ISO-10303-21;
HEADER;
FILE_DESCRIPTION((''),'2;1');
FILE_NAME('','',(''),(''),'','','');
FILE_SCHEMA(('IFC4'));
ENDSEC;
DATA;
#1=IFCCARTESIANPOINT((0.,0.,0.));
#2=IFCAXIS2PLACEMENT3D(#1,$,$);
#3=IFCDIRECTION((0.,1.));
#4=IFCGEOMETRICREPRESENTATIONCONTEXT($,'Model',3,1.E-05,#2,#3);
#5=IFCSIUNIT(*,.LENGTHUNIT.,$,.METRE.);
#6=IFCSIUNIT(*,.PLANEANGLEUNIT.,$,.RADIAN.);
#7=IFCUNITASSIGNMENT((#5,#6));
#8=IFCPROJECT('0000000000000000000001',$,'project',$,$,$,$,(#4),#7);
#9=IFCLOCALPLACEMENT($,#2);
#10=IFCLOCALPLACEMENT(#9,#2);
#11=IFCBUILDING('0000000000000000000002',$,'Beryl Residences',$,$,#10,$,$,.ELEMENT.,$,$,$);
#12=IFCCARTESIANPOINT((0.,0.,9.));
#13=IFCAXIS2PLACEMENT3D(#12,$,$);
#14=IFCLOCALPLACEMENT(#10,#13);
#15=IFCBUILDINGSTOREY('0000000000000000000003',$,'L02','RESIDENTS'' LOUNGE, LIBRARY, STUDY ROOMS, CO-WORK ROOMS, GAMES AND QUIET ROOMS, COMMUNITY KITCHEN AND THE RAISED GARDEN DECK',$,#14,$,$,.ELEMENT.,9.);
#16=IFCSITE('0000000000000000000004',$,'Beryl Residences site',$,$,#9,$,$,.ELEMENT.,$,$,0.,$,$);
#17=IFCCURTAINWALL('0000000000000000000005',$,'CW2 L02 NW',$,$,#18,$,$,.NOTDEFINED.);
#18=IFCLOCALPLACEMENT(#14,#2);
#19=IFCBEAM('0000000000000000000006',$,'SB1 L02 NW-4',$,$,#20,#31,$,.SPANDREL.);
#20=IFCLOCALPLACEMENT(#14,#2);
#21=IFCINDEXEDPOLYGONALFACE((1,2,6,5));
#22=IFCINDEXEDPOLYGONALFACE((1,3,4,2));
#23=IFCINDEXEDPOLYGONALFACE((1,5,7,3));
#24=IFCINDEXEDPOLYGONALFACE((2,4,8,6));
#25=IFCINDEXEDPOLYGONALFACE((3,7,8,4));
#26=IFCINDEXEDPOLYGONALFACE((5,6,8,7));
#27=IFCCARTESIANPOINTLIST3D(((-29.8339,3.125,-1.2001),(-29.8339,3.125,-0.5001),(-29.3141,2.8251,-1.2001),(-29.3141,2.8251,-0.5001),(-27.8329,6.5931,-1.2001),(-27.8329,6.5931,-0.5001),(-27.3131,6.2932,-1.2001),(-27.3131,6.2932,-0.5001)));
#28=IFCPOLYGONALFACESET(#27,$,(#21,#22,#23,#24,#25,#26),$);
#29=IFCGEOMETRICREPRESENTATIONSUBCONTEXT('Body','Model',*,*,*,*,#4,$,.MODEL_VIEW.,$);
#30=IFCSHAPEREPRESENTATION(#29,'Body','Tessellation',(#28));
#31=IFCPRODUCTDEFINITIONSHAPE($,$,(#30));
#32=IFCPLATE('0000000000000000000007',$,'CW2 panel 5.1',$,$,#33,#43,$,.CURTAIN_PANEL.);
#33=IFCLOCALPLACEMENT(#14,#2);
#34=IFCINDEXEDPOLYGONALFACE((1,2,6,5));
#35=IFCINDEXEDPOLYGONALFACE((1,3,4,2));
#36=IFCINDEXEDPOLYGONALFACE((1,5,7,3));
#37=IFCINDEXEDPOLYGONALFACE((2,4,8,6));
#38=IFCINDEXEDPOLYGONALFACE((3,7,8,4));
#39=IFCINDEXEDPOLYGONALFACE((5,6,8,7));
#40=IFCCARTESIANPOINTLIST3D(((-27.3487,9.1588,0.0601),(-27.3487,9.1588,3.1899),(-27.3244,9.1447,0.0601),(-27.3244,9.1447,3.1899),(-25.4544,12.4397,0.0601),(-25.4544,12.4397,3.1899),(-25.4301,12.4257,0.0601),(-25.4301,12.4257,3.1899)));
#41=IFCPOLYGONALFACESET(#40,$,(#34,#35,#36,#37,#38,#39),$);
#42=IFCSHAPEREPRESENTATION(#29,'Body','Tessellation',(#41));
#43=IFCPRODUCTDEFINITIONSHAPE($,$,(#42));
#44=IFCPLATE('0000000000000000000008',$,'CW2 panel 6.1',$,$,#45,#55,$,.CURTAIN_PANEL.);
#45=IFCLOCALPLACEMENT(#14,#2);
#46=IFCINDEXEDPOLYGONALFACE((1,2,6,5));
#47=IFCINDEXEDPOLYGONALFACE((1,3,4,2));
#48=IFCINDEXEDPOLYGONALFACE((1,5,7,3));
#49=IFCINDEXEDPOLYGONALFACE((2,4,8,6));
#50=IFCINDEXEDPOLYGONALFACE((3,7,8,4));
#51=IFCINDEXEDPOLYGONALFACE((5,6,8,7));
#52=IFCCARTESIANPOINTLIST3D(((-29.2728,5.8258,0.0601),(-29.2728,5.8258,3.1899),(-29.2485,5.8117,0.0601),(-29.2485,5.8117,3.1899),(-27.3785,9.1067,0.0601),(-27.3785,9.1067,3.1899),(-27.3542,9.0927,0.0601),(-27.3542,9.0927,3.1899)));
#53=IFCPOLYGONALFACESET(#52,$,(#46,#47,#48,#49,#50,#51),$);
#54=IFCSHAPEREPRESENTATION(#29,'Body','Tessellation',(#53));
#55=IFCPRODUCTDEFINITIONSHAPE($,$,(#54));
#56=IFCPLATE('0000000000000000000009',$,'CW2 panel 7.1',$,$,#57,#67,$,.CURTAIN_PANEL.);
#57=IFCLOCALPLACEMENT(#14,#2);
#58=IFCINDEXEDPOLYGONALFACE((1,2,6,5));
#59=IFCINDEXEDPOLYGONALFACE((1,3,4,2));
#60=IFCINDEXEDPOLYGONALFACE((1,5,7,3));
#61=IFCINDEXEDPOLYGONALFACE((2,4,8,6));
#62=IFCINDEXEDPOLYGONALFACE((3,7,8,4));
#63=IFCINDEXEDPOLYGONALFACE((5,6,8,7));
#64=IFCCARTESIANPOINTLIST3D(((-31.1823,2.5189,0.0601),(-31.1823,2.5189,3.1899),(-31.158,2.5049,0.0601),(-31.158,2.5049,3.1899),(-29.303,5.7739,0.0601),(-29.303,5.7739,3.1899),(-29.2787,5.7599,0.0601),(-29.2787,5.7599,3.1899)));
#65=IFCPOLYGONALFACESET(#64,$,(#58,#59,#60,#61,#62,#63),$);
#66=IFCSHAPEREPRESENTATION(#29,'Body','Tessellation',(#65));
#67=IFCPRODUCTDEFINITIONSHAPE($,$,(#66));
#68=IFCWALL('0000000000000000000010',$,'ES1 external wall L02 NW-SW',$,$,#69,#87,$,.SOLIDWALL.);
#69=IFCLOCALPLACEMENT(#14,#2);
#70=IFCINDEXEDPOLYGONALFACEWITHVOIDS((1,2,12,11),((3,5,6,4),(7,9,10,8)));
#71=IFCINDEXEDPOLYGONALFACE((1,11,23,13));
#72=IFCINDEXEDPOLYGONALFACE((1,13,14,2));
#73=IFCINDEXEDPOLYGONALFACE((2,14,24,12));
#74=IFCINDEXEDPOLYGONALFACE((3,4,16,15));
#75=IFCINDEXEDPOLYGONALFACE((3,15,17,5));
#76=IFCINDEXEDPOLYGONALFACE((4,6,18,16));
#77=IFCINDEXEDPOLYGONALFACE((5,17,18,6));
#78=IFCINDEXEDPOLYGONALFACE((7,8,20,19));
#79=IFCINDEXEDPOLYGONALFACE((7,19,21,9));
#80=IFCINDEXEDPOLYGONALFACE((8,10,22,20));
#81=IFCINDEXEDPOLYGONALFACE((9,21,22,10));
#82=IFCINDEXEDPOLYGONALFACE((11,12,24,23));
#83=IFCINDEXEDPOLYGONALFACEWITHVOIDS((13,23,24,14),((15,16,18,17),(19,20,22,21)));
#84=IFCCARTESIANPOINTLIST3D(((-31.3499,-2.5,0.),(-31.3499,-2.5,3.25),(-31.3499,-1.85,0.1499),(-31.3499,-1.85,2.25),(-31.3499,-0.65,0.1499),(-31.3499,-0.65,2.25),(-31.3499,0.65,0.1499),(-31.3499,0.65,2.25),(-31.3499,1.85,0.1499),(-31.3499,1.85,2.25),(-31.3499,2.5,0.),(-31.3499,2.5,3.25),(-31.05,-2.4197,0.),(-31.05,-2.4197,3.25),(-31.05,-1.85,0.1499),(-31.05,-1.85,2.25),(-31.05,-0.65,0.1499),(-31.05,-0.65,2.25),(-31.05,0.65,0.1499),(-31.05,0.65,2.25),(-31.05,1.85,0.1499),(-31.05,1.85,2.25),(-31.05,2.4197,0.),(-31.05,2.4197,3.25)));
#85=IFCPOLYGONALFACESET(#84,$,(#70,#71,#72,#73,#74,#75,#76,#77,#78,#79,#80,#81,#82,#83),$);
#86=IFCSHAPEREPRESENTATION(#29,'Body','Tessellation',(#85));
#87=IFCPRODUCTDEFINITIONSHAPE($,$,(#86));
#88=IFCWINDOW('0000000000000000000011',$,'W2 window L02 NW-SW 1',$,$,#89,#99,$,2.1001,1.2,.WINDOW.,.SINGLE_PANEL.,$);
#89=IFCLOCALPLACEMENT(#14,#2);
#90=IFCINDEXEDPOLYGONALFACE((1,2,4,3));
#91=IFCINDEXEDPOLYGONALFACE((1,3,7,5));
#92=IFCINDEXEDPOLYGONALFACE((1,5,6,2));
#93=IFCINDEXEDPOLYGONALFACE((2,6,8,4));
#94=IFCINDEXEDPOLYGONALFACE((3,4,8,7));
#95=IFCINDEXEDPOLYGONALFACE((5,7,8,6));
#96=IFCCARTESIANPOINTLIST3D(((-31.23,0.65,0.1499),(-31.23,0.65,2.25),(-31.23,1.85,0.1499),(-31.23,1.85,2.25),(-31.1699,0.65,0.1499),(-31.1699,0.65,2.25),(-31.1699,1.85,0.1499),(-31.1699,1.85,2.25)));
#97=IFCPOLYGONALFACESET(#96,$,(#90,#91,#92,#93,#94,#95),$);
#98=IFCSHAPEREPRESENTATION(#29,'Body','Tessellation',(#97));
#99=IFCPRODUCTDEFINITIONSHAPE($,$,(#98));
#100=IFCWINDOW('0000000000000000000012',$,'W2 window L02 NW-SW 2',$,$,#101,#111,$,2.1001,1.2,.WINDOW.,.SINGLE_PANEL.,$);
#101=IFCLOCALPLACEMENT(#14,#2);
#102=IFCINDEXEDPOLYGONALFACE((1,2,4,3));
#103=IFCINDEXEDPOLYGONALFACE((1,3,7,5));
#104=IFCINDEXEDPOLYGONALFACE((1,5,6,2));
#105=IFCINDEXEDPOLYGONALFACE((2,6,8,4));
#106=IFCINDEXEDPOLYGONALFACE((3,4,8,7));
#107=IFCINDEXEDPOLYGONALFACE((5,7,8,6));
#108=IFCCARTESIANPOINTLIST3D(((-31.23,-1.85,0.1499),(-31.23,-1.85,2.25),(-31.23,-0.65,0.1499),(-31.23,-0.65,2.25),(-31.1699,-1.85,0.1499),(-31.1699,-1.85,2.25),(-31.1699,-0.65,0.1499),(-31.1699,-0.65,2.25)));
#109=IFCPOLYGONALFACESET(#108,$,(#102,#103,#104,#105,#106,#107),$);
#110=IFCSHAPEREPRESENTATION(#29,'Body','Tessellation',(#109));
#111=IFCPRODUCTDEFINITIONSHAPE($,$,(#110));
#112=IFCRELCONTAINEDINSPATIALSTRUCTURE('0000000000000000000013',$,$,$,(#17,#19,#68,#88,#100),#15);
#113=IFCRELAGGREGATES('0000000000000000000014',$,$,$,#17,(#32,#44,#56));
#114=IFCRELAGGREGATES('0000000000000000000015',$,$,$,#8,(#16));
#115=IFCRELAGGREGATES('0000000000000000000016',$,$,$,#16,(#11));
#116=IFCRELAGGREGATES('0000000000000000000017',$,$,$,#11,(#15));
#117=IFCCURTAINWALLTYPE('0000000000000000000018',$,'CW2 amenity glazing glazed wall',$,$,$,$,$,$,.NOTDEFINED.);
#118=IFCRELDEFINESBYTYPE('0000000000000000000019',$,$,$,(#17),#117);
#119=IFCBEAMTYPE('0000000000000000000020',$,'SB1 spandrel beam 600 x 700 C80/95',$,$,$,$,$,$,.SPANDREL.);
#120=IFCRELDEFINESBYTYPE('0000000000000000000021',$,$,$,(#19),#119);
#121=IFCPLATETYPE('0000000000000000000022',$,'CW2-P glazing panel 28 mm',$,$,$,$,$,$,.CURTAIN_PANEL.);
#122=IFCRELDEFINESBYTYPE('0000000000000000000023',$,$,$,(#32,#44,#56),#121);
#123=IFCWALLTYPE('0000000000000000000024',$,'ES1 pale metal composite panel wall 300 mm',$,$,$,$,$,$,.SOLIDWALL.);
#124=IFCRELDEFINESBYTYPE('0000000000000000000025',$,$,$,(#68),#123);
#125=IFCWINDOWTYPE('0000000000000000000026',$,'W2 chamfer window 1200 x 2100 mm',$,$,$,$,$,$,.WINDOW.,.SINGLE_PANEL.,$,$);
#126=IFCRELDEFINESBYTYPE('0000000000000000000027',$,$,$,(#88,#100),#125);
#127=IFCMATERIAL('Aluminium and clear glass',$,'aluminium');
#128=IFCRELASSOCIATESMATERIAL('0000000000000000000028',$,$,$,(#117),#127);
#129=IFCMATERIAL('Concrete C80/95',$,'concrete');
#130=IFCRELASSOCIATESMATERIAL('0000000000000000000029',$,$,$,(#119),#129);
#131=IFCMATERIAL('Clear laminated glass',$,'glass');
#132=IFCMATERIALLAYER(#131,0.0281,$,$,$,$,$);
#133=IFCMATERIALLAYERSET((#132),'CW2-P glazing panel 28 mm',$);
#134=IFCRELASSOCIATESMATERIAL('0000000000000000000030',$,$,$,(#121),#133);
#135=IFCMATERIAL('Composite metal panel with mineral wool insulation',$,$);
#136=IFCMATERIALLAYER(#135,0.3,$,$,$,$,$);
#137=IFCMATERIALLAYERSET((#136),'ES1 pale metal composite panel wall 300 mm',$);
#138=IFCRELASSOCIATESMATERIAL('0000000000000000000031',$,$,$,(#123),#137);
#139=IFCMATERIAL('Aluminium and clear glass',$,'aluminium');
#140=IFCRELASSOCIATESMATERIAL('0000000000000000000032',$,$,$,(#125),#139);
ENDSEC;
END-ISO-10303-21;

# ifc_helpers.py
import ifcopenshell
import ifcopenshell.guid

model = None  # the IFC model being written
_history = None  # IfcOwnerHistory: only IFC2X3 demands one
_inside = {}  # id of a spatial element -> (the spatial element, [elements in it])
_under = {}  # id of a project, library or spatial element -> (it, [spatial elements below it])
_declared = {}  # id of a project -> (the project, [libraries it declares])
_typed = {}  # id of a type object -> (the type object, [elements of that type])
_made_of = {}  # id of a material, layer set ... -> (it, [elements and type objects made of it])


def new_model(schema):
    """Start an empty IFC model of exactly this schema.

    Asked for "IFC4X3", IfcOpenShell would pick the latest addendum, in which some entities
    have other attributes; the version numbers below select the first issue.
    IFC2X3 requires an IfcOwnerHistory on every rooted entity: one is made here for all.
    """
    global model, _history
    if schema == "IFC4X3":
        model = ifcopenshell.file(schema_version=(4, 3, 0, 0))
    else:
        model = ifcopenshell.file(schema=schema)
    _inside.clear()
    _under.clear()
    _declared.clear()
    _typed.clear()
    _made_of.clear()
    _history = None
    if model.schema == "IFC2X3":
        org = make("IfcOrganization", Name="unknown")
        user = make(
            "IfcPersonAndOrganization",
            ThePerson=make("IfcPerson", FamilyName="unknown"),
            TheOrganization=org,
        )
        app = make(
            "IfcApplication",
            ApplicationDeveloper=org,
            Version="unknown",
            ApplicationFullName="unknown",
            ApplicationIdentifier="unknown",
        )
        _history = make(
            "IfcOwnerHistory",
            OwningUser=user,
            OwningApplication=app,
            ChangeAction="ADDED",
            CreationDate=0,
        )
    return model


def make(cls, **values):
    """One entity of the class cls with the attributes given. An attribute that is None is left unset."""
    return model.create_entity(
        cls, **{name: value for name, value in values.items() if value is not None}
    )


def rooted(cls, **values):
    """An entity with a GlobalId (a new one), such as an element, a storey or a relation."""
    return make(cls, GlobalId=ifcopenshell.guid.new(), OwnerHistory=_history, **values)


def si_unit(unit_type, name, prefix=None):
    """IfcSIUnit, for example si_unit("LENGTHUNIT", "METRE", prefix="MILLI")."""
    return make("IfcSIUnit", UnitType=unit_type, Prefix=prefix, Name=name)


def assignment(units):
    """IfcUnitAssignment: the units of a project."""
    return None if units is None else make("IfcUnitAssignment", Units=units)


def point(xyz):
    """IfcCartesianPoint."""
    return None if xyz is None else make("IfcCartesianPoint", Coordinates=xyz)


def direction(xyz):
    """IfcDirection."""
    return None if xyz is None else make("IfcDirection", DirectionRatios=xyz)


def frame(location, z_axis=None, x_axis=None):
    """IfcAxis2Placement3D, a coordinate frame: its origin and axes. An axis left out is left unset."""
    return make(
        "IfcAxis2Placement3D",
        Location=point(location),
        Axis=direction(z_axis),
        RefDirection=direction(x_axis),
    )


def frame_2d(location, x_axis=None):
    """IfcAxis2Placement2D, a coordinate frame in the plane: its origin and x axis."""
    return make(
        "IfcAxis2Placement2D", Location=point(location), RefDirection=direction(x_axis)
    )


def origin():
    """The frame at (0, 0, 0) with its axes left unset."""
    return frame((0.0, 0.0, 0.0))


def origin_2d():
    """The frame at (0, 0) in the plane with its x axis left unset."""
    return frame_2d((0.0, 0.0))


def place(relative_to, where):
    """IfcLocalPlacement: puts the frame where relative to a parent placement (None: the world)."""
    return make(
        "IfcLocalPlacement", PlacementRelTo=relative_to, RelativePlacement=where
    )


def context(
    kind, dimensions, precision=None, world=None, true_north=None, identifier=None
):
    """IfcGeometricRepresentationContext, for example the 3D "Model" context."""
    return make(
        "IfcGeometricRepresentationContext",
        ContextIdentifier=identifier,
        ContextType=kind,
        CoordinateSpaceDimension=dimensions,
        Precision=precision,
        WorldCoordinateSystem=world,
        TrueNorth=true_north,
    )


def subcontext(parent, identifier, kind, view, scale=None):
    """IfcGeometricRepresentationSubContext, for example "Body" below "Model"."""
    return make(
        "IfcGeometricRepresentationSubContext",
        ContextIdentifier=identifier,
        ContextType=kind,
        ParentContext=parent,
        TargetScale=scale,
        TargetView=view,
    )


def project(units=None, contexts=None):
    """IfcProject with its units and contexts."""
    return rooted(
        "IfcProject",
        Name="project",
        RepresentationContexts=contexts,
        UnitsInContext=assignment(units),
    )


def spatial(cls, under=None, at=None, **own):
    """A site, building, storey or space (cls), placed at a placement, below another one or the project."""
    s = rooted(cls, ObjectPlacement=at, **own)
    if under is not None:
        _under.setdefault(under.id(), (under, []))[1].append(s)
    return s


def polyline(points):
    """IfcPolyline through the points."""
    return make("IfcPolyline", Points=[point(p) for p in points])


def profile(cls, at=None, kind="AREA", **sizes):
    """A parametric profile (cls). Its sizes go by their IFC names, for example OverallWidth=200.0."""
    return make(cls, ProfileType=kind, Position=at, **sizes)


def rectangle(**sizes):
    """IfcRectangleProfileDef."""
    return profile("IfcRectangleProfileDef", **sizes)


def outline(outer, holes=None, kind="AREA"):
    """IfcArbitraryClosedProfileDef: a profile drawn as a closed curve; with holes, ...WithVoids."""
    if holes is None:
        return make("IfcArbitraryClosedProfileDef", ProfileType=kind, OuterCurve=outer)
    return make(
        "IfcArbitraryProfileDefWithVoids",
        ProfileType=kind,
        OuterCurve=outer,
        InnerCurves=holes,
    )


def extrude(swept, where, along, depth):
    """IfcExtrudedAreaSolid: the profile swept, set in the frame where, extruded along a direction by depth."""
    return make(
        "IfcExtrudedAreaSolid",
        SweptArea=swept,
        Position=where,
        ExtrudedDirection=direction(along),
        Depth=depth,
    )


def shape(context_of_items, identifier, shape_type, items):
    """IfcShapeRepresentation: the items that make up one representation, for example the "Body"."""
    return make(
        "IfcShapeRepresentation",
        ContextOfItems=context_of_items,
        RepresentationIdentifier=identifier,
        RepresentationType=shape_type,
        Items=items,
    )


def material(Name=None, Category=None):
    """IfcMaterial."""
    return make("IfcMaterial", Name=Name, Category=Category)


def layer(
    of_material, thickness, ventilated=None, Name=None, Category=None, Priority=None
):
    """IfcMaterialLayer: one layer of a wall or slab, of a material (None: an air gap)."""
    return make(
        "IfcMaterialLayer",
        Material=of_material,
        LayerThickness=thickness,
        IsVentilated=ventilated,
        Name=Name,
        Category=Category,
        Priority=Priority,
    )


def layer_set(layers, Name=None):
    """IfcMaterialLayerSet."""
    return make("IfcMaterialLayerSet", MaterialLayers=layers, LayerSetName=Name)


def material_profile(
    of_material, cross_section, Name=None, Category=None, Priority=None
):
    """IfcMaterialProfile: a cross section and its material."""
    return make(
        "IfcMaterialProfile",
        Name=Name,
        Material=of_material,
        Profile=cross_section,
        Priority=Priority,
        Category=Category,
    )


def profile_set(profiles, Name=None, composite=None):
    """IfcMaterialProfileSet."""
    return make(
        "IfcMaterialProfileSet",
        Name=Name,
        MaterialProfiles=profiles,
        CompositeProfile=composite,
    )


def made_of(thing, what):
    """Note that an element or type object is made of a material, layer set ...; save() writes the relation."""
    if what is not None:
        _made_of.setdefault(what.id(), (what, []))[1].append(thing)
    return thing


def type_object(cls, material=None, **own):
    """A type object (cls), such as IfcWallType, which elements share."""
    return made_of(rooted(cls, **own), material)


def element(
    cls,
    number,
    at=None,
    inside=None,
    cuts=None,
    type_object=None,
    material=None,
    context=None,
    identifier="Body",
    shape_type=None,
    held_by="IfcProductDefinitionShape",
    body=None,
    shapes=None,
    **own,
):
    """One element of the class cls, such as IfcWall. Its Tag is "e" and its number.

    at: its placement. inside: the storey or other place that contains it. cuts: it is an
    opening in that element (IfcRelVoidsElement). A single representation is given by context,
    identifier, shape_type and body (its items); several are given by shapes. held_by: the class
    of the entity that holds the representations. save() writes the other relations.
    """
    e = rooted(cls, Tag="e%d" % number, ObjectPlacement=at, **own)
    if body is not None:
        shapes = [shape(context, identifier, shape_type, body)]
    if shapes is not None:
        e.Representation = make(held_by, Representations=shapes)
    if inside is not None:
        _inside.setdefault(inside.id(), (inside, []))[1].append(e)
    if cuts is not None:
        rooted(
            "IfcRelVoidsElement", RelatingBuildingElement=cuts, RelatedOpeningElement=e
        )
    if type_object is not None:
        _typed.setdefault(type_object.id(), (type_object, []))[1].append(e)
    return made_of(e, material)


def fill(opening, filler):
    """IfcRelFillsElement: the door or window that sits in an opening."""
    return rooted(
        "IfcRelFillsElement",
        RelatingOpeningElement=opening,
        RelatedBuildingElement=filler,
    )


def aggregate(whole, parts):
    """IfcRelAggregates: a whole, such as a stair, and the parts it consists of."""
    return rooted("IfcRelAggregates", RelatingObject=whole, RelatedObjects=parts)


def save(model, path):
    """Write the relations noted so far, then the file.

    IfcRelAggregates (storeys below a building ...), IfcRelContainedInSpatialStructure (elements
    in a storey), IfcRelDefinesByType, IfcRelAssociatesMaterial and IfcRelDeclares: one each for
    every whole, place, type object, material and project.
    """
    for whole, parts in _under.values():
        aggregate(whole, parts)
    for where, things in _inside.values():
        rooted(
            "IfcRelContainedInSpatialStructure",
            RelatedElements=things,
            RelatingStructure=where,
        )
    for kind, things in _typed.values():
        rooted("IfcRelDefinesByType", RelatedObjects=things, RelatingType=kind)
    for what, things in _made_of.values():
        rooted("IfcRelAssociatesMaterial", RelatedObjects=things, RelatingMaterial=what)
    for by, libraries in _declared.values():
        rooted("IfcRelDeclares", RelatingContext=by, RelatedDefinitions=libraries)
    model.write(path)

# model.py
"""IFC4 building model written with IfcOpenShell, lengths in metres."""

from ifc_helpers import new_model, si_unit, direction, frame, frame_2d, origin, origin_2d, place, context, subcontext, project, spatial, polyline, rectangle, outline, extrude, material, layer, layer_set, material_profile, profile_set, type_object, element, fill, aggregate, save


model = new_model("IFC4")

# Units and contexts
model_context = context("Model", 3, precision=1e-05, world=origin(), true_north=direction((0.0, 1.0)))
body_context = subcontext(model_context, "Body", "Model", "MODEL_VIEW")
ifc_project = project(units=[si_unit("LENGTHUNIT", "METRE"), si_unit("PLANEANGLEUNIT", "RADIAN")], contexts=[model_context])

# Site, building, storey
site_placement = place(None, origin())
site = spatial("IfcSite", under=ifc_project, at=site_placement, Name="Beryl Residences site", CompositionType="ELEMENT", RefElevation=0.0)
building_placement = place(site_placement, origin())
building = spatial("IfcBuilding", under=site, at=building_placement, Name="Beryl Residences", CompositionType="ELEMENT")
storey_placement = place(building_placement, frame((0.0, 0.0, 9.0)))
storey = spatial("IfcBuildingStorey", under=building, at=storey_placement, Name="L02", Description="RESIDENTS' LOUNGE, LIBRARY, STUDY ROOMS, CO-WORK ROOMS, GAMES AND QUIET ROOMS, COMMUNITY KITCHEN AND THE RAISED GARDEN DECK", CompositionType="ELEMENT", Elevation=9.0)

# Curtain wall
ifc_material_1 = material(Name="Aluminium and clear glass", Category="aluminium")
curtain_wall_type_1 = type_object("IfcCurtainWallType", Name="CW2 amenity glazing glazed wall", PredefinedType="NOTDEFINED", material=ifc_material_1)
curtain_wall_1_placement = place(storey_placement, origin())
curtain_wall_1 = element("IfcCurtainWall", 1, at=curtain_wall_1_placement, inside=storey, type_object=curtain_wall_type_1, Name="CW2 L02 NW", PredefinedType="NOTDEFINED")

# Beam
ifc_material_2 = material(Name="Concrete C80/95", Category="concrete")
ifc_material_profile_1 = material_profile(ifc_material_2, rectangle(XDim=0.6001, YDim=0.7, at=origin_2d()))
ifc_profile_set_1 = profile_set([ifc_material_profile_1], Name="Concrete C80/95")
beam_type = type_object("IfcBeamType", Name="SB1 spandrel beam 600 x 700 C80/95", PredefinedType="SPANDREL", material=ifc_profile_set_1)
beam_placement = place(storey_placement, frame((-27.573, 6.4431, -0.8501), z_axis=(-0.499759, -0.866164, 0.0), x_axis=(0.866164, -0.499759, 0.0)))
element("IfcBeam", 2, at=beam_placement, inside=storey, type_object=beam_type, Name="SB1 L02 NW-4", PredefinedType="SPANDREL", context=body_context, shape_type="SweptSolid", body=[
    extrude(rectangle(XDim=0.6001, YDim=0.7, at=origin_2d()), origin(), (0.0, 0.0, 1.0), 4.0039),
])

# Plates
ifc_material_3 = material(Name="Clear laminated glass", Category="glass")
ifc_layer_1 = layer(ifc_material_3, 0.0281)
ifc_layer_set_1 = layer_set([ifc_layer_1], Name="CW2-P glazing panel 28 mm")
plate_type = type_object("IfcPlateType", Name="CW2-P glazing panel 28 mm", PredefinedType="CURTAIN_PANEL", material=ifc_layer_set_1)
plate_1_placement = place(storey_placement, frame((-26.3894, 10.7922, 0.0601), z_axis=(0.0, 0.0, 1.0), x_axis=(-0.500012, -0.866019, 0.0)))
plate_1 = element("IfcPlate", 3, at=plate_1_placement, type_object=plate_type, Name="CW2 panel 5.1", PredefinedType="CURTAIN_PANEL", context=body_context, shape_type="SweptSolid", body=[
    extrude(rectangle(XDim=3.7886, YDim=0.0281, at=origin_2d()), origin(), (0.0, 0.0, 1.0), 3.1299),
])
plate_2_placement = place(storey_placement, frame((-28.3135, 7.4592, 0.0601), z_axis=(0.0, 0.0, 1.0), x_axis=(-0.500012, -0.866019, 0.0)))
plate_2 = element("IfcPlate", 4, at=plate_2_placement, type_object=plate_type, Name="CW2 panel 6.1", PredefinedType="CURTAIN_PANEL", context=body_context, shape_type="SweptSolid", body=[
    extrude(rectangle(XDim=3.7886, YDim=0.0281, at=origin_2d()), origin(), (0.0, 0.0, 1.0), 3.1299),
])
plate_3_placement = place(storey_placement, frame((-30.2305, 4.1394, 0.0601), z_axis=(0.0, 0.0, 1.0), x_axis=(-0.500012, -0.866019, 0.0)))
plate_3 = element("IfcPlate", 5, at=plate_3_placement, type_object=plate_type, Name="CW2 panel 7.1", PredefinedType="CURTAIN_PANEL", context=body_context, shape_type="SweptSolid", body=[
    extrude(rectangle(XDim=3.7585, YDim=0.0281, at=origin_2d()), origin(), (0.0, 0.0, 1.0), 3.1299),
])
aggregate(curtain_wall_1, [plate_1, plate_2, plate_3])

# Wall, openings, windows
ifc_material_4 = material(Name="Composite metal panel with mineral wool insulation")
ifc_layer_2 = layer(ifc_material_4, 0.3)
ifc_layer_set_2 = layer_set([ifc_layer_2], Name="ES1 pale metal composite panel wall 300 mm")
wall_type_1 = type_object("IfcWallType", Name="ES1 pale metal composite panel wall 300 mm", PredefinedType="SOLIDWALL", material=ifc_layer_set_2)
wall_1_placement = place(storey_placement, frame((-31.2, 2.5, 0.0), z_axis=(0.0, 0.0, 1.0), x_axis=(0.0, -1.0, 0.0)))
wall_1 = element("IfcWall", 6, at=wall_1_placement, inside=storey, type_object=wall_type_1, Name="ES1 external wall L02 NW-SW", PredefinedType="SOLIDWALL", context=body_context, shape_type="SweptSolid", body=[
    extrude(outline(polyline([(0.0, -0.1499), (5.0, -0.1499), (4.9197, 0.1499), (0.0803, 0.1499), (0.0, -0.1499)])), origin(), (0.0, 0.0, 1.0), 3.25),
])
opening_1_placement = place(wall_1_placement, frame((0.6499, 0.0, 0.1499)))
opening_1 = element("IfcOpeningElement", 7, at=opening_1_placement, cuts=wall_1, PredefinedType="OPENING", context=body_context, shape_type="SweptSolid", body=[
    extrude(rectangle(XDim=1.2, YDim=2.1001, at=frame_2d((0.6001, 1.05))), frame((0.0, 0.1599, 0.0), z_axis=(0.0, -1.0, 0.0), x_axis=(1.0, 0.0, 0.0)), (0.0, 0.0, 1.0), 0.3201),
])
opening_2_placement = place(wall_1_placement, frame((3.1499, 0.0, 0.1499)))
opening_2 = element("IfcOpeningElement", 8, at=opening_2_placement, cuts=wall_1, PredefinedType="OPENING", context=body_context, shape_type="SweptSolid", body=[
    extrude(rectangle(XDim=1.2, YDim=2.1001, at=frame_2d((0.6001, 1.05))), frame((0.0, 0.1599, 0.0), z_axis=(0.0, -1.0, 0.0), x_axis=(1.0, 0.0, 0.0)), (0.0, 0.0, 1.0), 0.3201),
])
ifc_material_5 = material(Name="Aluminium and clear glass", Category="aluminium")
window_type = type_object("IfcWindowType", Name="W2 chamfer window 1200 x 2100 mm", PartitioningType="SINGLE_PANEL", PredefinedType="WINDOW", material=ifc_material_5)
window_1_placement = place(opening_1_placement, origin())
window_1 = element("IfcWindow", 9, at=window_1_placement, inside=storey, type_object=window_type, Name="W2 window L02 NW-SW 1", OverallHeight=2.1001, OverallWidth=1.2, PartitioningType="SINGLE_PANEL", PredefinedType="WINDOW", context=body_context, shape_type="SweptSolid", body=[
    extrude(rectangle(XDim=1.2, YDim=2.1001, at=frame_2d((0.6001, 1.05))), frame((0.0, 0.03, 0.0), z_axis=(0.0, -1.0, 0.0), x_axis=(1.0, 0.0, 0.0)), (0.0, 0.0, 1.0), 0.0601),
])
fill(opening_1, window_1)
window_2_placement = place(opening_2_placement, origin())
window_2 = element("IfcWindow", 10, at=window_2_placement, inside=storey, type_object=window_type, Name="W2 window L02 NW-SW 2", OverallHeight=2.1001, OverallWidth=1.2, PartitioningType="SINGLE_PANEL", PredefinedType="WINDOW", context=body_context, shape_type="SweptSolid", body=[
    extrude(rectangle(XDim=1.2, YDim=2.1001, at=frame_2d((0.6001, 1.05))), frame((0.0, 0.03, 0.0), z_axis=(0.0, -1.0, 0.0), x_axis=(1.0, 0.0, 0.0)), (0.0, 0.0, 1.0), 0.0601),
])
fill(opening_2, window_2)

save(model, "model.ifc")
